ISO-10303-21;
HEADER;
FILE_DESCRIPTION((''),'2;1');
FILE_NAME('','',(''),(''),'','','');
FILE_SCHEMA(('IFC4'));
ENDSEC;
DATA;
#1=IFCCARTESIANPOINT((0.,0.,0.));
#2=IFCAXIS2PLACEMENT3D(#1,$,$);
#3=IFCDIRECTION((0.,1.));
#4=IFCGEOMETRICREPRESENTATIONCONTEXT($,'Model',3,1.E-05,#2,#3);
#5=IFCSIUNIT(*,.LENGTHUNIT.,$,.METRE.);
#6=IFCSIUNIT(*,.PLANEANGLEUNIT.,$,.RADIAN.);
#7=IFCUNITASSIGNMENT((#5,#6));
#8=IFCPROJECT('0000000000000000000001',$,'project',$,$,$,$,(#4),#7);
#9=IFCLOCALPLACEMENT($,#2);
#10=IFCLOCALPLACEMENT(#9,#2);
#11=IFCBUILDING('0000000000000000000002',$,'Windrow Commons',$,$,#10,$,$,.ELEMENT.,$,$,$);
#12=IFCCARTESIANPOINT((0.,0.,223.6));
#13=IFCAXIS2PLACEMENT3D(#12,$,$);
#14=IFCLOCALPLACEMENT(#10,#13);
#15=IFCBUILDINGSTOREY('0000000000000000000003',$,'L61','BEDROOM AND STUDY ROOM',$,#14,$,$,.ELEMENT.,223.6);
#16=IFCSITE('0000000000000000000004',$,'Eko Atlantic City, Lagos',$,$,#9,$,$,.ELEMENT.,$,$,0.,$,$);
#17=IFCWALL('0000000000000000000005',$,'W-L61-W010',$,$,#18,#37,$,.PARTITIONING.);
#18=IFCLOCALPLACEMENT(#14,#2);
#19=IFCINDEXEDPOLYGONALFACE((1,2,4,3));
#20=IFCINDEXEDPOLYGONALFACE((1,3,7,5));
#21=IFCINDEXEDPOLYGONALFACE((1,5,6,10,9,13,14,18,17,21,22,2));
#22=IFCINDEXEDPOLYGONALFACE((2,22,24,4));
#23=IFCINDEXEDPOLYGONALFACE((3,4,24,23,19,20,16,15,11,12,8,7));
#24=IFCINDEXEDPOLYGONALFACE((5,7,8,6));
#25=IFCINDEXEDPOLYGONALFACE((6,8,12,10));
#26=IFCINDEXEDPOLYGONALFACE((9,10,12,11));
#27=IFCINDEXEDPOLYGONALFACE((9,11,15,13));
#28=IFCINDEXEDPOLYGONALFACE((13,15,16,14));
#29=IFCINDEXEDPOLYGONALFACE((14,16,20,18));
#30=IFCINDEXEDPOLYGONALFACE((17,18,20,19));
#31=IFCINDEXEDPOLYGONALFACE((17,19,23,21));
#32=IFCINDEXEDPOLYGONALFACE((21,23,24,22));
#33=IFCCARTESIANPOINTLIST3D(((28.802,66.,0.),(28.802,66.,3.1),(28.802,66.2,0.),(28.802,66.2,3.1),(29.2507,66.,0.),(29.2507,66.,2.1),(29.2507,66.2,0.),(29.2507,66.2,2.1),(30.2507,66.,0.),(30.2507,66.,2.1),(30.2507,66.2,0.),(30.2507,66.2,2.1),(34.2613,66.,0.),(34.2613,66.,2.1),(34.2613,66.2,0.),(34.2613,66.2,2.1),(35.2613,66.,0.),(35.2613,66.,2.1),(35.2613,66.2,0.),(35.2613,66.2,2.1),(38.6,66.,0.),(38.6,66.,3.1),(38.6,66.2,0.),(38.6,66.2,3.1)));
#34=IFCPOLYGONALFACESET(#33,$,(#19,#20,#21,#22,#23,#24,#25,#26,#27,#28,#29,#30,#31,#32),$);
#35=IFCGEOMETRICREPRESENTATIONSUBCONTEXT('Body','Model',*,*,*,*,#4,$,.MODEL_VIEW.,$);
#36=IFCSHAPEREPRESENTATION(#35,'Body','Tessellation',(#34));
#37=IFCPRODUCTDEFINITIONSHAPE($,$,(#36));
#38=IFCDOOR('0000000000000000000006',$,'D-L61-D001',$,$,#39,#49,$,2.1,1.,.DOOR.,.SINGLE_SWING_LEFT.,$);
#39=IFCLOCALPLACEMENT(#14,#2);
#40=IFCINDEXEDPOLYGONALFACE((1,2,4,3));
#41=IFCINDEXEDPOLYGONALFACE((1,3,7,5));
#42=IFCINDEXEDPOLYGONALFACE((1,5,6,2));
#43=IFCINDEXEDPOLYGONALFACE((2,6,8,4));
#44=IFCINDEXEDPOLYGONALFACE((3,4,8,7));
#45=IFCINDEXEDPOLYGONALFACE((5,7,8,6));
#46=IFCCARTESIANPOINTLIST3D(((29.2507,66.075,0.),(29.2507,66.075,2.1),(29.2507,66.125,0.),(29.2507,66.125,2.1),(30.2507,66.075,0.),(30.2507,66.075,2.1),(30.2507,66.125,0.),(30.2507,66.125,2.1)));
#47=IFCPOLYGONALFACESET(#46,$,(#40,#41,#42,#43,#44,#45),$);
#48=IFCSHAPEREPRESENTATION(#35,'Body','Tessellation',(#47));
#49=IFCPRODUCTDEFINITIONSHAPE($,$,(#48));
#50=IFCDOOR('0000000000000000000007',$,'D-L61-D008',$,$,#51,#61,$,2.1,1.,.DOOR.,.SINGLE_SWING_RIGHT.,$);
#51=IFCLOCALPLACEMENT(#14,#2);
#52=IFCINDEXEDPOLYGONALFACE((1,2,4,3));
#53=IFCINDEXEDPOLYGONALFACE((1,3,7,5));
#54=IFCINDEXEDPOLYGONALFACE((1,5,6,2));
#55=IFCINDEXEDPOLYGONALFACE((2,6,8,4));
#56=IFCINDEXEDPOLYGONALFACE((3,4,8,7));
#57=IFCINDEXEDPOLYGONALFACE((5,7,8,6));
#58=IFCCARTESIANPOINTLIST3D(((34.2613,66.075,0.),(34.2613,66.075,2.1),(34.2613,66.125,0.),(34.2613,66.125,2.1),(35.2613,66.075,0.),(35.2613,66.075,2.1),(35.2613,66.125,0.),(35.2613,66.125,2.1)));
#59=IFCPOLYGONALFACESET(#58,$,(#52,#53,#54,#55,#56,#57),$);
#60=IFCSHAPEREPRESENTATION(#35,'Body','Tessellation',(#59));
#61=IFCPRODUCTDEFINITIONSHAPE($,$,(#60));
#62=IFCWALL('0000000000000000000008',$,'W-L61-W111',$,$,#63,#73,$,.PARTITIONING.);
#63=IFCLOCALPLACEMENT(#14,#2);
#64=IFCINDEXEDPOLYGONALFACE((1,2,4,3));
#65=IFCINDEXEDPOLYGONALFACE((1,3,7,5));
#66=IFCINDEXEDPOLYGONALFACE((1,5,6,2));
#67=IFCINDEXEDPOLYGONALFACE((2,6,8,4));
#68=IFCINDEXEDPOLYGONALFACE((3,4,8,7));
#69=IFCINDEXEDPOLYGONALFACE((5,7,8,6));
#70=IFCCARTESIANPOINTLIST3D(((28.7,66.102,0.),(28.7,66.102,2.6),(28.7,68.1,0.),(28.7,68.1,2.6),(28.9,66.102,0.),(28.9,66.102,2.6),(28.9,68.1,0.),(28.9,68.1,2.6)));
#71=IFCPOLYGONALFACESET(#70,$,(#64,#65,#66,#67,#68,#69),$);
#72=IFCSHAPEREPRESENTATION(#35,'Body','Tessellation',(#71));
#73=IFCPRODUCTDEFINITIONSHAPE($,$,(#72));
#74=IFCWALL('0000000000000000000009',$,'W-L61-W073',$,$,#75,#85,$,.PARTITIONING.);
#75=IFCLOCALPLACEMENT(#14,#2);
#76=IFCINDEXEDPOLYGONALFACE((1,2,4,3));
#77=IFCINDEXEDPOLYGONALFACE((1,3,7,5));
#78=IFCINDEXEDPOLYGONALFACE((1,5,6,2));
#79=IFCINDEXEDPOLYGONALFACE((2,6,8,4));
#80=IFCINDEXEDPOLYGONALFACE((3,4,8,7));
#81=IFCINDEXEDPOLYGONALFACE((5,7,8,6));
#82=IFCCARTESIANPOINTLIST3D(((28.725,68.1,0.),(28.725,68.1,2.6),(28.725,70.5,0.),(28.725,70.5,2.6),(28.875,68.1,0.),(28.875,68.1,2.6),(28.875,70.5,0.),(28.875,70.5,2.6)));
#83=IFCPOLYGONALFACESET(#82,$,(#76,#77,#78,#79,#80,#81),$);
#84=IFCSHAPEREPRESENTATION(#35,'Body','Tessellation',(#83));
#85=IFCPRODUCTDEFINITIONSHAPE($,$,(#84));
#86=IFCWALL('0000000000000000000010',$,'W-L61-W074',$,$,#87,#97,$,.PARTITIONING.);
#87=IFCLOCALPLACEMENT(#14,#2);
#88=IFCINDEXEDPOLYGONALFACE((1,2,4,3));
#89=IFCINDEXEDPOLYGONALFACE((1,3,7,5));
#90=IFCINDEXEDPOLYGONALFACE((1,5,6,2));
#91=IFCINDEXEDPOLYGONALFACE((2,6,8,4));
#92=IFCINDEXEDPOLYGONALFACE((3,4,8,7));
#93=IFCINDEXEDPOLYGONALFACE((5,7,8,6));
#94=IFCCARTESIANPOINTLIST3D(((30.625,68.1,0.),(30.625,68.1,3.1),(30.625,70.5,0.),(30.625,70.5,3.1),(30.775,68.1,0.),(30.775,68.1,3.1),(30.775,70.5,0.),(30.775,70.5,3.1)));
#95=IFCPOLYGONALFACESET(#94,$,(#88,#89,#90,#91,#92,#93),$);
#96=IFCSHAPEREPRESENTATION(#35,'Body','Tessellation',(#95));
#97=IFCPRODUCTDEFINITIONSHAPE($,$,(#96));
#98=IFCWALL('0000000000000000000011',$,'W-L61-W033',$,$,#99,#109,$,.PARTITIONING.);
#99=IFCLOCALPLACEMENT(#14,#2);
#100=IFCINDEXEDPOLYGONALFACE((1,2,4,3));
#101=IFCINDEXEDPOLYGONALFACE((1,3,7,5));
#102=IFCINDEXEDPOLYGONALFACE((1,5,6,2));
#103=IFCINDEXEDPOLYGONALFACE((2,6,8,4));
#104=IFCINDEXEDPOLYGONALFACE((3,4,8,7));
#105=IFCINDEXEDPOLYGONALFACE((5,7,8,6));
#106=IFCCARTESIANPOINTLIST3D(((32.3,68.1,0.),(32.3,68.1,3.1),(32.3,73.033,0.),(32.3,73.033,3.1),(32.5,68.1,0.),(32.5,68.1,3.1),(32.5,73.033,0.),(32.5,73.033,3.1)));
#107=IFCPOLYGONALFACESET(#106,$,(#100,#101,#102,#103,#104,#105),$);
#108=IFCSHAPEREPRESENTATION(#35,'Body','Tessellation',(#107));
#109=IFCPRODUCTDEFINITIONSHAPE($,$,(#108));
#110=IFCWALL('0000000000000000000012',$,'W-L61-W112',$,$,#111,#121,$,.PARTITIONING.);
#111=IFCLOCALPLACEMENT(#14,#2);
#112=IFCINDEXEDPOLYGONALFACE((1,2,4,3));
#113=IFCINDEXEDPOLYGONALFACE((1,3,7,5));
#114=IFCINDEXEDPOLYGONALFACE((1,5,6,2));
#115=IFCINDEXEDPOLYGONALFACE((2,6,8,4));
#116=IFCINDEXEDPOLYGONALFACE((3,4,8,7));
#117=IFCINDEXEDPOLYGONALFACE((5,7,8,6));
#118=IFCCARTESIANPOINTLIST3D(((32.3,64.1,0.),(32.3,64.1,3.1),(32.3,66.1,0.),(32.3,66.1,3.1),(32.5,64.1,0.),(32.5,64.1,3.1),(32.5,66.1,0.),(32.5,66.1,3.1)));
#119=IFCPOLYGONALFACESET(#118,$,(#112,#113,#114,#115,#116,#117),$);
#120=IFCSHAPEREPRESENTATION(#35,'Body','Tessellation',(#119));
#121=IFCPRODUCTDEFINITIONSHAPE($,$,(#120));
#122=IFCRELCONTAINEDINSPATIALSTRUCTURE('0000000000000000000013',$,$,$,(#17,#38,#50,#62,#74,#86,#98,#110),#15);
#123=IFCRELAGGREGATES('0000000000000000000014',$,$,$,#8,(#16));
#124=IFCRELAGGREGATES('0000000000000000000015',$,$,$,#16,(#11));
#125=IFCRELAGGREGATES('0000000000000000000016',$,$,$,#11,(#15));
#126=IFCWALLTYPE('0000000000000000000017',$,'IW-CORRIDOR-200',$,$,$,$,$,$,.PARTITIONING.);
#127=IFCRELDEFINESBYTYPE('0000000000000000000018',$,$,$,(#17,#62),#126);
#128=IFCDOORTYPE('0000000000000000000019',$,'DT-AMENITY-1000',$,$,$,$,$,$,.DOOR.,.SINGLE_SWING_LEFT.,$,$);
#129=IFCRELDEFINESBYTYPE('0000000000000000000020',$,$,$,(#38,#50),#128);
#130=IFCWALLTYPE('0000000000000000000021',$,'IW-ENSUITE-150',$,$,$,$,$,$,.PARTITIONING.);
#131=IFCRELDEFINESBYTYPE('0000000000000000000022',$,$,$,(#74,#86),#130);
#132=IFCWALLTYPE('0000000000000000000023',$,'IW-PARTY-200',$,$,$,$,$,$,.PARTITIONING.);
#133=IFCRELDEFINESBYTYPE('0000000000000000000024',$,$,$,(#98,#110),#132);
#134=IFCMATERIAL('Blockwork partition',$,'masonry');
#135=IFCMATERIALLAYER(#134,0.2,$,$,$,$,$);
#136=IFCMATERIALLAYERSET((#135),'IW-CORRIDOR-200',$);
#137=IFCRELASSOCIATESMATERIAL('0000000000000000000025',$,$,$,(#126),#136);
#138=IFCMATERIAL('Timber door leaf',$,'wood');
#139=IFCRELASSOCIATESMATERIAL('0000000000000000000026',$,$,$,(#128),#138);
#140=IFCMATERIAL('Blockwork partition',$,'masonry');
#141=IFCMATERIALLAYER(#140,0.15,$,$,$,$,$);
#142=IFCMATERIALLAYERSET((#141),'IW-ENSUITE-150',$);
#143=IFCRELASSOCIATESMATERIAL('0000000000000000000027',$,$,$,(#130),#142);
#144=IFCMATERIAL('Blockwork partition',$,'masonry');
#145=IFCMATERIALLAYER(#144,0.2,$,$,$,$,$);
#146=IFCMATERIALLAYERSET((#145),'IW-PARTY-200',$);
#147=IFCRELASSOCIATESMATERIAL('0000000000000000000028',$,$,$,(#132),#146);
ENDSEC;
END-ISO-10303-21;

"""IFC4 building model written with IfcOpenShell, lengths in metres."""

from ifc_helpers import new_model, si_unit, direction, frame, frame_2d, origin, place, context, subcontext, project, spatial, rectangle, extrude, material, layer, layer_set, type_object, element, fill, save


model = new_model("IFC4")

# Units and contexts
model_context = context("Model", 3, precision=1e-05, world=origin(), true_north=direction((0.0, 1.0)))
body_context = subcontext(model_context, "Body", "Model", "MODEL_VIEW")
ifc_project = project(units=[si_unit("LENGTHUNIT", "METRE"), si_unit("PLANEANGLEUNIT", "RADIAN")], contexts=[model_context])

# Site, building, storey
site_placement = place(None, origin())
site = spatial("IfcSite", under=ifc_project, at=site_placement, Name="Eko Atlantic City, Lagos", CompositionType="ELEMENT", RefElevation=0.0)
building_placement = place(site_placement, origin())
building = spatial("IfcBuilding", under=site, at=building_placement, Name="Windrow Commons", CompositionType="ELEMENT")
storey_placement = place(building_placement, frame((0.0, 0.0, 223.6)))
storey = spatial("IfcBuildingStorey", under=building, at=storey_placement, Name="L61", Description="BEDROOM AND STUDY ROOM", CompositionType="ELEMENT", Elevation=223.6)

# Wall, openings, doors
ifc_material_1 = material(Name="Blockwork partition", Category="masonry")
ifc_layer_1 = layer(ifc_material_1, 0.2)
ifc_layer_set_1 = layer_set([ifc_layer_1], Name="IW-CORRIDOR-200")
wall_type_1 = type_object("IfcWallType", Name="IW-CORRIDOR-200", PredefinedType="PARTITIONING", material=ifc_layer_set_1)
wall_1_placement = place(storey_placement, frame((28.802, 66.1, 0.0), z_axis=(0.0, 0.0, 1.0), x_axis=(1.0, 0.0, 0.0)))
wall_1 = element("IfcWall", 1, at=wall_1_placement, inside=storey, type_object=wall_type_1, Name="W-L61-W010", PredefinedType="PARTITIONING", context=body_context, shape_type="SweptSolid", body=[
    extrude(rectangle(XDim=9.798, YDim=0.2, at=frame_2d((4.899, 0.0))), origin(), (0.0, 0.0, 1.0), 3.1),
])
opening_1_placement = place(wall_1_placement, frame((0.4487, 0.0, 0.0)))
opening_1 = element("IfcOpeningElement", 2, at=opening_1_placement, cuts=wall_1, PredefinedType="OPENING", context=body_context, shape_type="SweptSolid", body=[
    extrude(rectangle(XDim=1.0, YDim=2.1, at=frame_2d((0.5, 1.05))), frame((0.0, 0.11, 0.0), z_axis=(0.0, -1.0, 0.0), x_axis=(1.0, 0.0, 0.0)), (0.0, 0.0, 1.0), 0.22),
])
opening_2_placement = place(wall_1_placement, frame((5.4593, 0.0, 0.0)))
opening_2 = element("IfcOpeningElement", 3, at=opening_2_placement, cuts=wall_1, PredefinedType="OPENING", context=body_context, shape_type="SweptSolid", body=[
    extrude(rectangle(XDim=1.0, YDim=2.1, at=frame_2d((0.5, 1.05))), frame((0.0, 0.11, 0.0), z_axis=(0.0, -1.0, 0.0), x_axis=(1.0, 0.0, 0.0)), (0.0, 0.0, 1.0), 0.22),
])
ifc_material_2 = material(Name="Timber door leaf", Category="wood")
door_type_1 = type_object("IfcDoorType", Name="DT-AMENITY-1000", OperationType="SINGLE_SWING_LEFT", PredefinedType="DOOR", material=ifc_material_2)
door_1_placement = place(opening_1_placement, origin())
door_1 = element("IfcDoor", 4, at=door_1_placement, inside=storey, type_object=door_type_1, Name="D-L61-D001", OperationType="SINGLE_SWING_LEFT", OverallHeight=2.1, OverallWidth=1.0, PredefinedType="DOOR", context=body_context, shape_type="SweptSolid", body=[
    extrude(rectangle(XDim=1.0, YDim=2.1, at=frame_2d((0.5, 1.05))), frame((0.0, 0.025, 0.0), z_axis=(0.0, -1.0, 0.0), x_axis=(1.0, 0.0, 0.0)), (0.0, 0.0, 1.0), 0.05),
])
fill(opening_1, door_1)
door_2_placement = place(opening_2_placement, origin())
door_2 = element("IfcDoor", 5, at=door_2_placement, inside=storey, type_object=door_type_1, Name="D-L61-D008", OperationType="SINGLE_SWING_RIGHT", OverallHeight=2.1, OverallWidth=1.0, PredefinedType="DOOR", context=body_context, shape_type="SweptSolid", body=[
    extrude(rectangle(XDim=1.0, YDim=2.1, at=frame_2d((0.5, 1.05))), frame((0.0, 0.025, 0.0), z_axis=(0.0, -1.0, 0.0), x_axis=(1.0, 0.0, 0.0)), (0.0, 0.0, 1.0), 0.05),
])
fill(opening_2, door_2)

# Walls
wall_2_placement = place(storey_placement, frame((28.8, 66.102, 0.0), z_axis=(0.0, 0.0, 1.0), x_axis=(0.0, 1.0, 0.0)))
element("IfcWall", 6, at=wall_2_placement, inside=storey, type_object=wall_type_1, Name="W-L61-W111", PredefinedType="PARTITIONING", context=body_context, shape_type="SweptSolid", body=[
    extrude(rectangle(XDim=1.998, YDim=0.2, at=frame_2d((0.999, 0.0))), origin(), (0.0, 0.0, 1.0), 2.6),
])
ifc_material_3 = material(Name="Blockwork partition", Category="masonry")
ifc_layer_2 = layer(ifc_material_3, 0.15)
ifc_layer_set_2 = layer_set([ifc_layer_2], Name="IW-ENSUITE-150")
wall_type_2 = type_object("IfcWallType", Name="IW-ENSUITE-150", PredefinedType="PARTITIONING", material=ifc_layer_set_2)
wall_3_placement = place(storey_placement, frame((28.8, 68.1, 0.0), z_axis=(0.0, 0.0, 1.0), x_axis=(0.0, 1.0, 0.0)))
element("IfcWall", 7, at=wall_3_placement, inside=storey, type_object=wall_type_2, Name="W-L61-W073", PredefinedType="PARTITIONING", context=body_context, shape_type="SweptSolid", body=[
    extrude(rectangle(XDim=2.4, YDim=0.15, at=frame_2d((1.2, 0.0))), origin(), (0.0, 0.0, 1.0), 2.6),
])
wall_4_placement = place(storey_placement, frame((30.7, 68.1, 0.0), z_axis=(0.0, 0.0, 1.0), x_axis=(0.0, 1.0, 0.0)))
element("IfcWall", 8, at=wall_4_placement, inside=storey, type_object=wall_type_2, Name="W-L61-W074", PredefinedType="PARTITIONING", context=body_context, shape_type="SweptSolid", body=[
    extrude(rectangle(XDim=2.4, YDim=0.15, at=frame_2d((1.2, 0.0))), origin(), (0.0, 0.0, 1.0), 3.1),
])
ifc_material_4 = material(Name="Blockwork partition", Category="masonry")
ifc_layer_3 = layer(ifc_material_4, 0.2)
ifc_layer_set_3 = layer_set([ifc_layer_3], Name="IW-PARTY-200")
wall_type_3 = type_object("IfcWallType", Name="IW-PARTY-200", PredefinedType="PARTITIONING", material=ifc_layer_set_3)
wall_5_placement = place(storey_placement, frame((32.4, 68.1, 0.0), z_axis=(0.0, 0.0, 1.0), x_axis=(0.0, 1.0, 0.0)))
element("IfcWall", 9, at=wall_5_placement, inside=storey, type_object=wall_type_3, Name="W-L61-W033", PredefinedType="PARTITIONING", context=body_context, shape_type="SweptSolid", body=[
    extrude(rectangle(XDim=4.9329, YDim=0.2, at=frame_2d((2.4665, 0.0))), origin(), (0.0, 0.0, 1.0), 3.1),
])
wall_6_placement = place(storey_placement, frame((32.4, 64.1, 0.0), z_axis=(0.0, 0.0, 1.0), x_axis=(0.0, 1.0, 0.0)))
element("IfcWall", 10, at=wall_6_placement, inside=storey, type_object=wall_type_3, Name="W-L61-W112", PredefinedType="PARTITIONING", context=body_context, shape_type="SweptSolid", body=[
    extrude(rectangle(XDim=2.0, YDim=0.2, at=frame_2d((1.0, 0.0))), origin(), (0.0, 0.0, 1.0), 3.1),
])

save(model, "model.ifc")
